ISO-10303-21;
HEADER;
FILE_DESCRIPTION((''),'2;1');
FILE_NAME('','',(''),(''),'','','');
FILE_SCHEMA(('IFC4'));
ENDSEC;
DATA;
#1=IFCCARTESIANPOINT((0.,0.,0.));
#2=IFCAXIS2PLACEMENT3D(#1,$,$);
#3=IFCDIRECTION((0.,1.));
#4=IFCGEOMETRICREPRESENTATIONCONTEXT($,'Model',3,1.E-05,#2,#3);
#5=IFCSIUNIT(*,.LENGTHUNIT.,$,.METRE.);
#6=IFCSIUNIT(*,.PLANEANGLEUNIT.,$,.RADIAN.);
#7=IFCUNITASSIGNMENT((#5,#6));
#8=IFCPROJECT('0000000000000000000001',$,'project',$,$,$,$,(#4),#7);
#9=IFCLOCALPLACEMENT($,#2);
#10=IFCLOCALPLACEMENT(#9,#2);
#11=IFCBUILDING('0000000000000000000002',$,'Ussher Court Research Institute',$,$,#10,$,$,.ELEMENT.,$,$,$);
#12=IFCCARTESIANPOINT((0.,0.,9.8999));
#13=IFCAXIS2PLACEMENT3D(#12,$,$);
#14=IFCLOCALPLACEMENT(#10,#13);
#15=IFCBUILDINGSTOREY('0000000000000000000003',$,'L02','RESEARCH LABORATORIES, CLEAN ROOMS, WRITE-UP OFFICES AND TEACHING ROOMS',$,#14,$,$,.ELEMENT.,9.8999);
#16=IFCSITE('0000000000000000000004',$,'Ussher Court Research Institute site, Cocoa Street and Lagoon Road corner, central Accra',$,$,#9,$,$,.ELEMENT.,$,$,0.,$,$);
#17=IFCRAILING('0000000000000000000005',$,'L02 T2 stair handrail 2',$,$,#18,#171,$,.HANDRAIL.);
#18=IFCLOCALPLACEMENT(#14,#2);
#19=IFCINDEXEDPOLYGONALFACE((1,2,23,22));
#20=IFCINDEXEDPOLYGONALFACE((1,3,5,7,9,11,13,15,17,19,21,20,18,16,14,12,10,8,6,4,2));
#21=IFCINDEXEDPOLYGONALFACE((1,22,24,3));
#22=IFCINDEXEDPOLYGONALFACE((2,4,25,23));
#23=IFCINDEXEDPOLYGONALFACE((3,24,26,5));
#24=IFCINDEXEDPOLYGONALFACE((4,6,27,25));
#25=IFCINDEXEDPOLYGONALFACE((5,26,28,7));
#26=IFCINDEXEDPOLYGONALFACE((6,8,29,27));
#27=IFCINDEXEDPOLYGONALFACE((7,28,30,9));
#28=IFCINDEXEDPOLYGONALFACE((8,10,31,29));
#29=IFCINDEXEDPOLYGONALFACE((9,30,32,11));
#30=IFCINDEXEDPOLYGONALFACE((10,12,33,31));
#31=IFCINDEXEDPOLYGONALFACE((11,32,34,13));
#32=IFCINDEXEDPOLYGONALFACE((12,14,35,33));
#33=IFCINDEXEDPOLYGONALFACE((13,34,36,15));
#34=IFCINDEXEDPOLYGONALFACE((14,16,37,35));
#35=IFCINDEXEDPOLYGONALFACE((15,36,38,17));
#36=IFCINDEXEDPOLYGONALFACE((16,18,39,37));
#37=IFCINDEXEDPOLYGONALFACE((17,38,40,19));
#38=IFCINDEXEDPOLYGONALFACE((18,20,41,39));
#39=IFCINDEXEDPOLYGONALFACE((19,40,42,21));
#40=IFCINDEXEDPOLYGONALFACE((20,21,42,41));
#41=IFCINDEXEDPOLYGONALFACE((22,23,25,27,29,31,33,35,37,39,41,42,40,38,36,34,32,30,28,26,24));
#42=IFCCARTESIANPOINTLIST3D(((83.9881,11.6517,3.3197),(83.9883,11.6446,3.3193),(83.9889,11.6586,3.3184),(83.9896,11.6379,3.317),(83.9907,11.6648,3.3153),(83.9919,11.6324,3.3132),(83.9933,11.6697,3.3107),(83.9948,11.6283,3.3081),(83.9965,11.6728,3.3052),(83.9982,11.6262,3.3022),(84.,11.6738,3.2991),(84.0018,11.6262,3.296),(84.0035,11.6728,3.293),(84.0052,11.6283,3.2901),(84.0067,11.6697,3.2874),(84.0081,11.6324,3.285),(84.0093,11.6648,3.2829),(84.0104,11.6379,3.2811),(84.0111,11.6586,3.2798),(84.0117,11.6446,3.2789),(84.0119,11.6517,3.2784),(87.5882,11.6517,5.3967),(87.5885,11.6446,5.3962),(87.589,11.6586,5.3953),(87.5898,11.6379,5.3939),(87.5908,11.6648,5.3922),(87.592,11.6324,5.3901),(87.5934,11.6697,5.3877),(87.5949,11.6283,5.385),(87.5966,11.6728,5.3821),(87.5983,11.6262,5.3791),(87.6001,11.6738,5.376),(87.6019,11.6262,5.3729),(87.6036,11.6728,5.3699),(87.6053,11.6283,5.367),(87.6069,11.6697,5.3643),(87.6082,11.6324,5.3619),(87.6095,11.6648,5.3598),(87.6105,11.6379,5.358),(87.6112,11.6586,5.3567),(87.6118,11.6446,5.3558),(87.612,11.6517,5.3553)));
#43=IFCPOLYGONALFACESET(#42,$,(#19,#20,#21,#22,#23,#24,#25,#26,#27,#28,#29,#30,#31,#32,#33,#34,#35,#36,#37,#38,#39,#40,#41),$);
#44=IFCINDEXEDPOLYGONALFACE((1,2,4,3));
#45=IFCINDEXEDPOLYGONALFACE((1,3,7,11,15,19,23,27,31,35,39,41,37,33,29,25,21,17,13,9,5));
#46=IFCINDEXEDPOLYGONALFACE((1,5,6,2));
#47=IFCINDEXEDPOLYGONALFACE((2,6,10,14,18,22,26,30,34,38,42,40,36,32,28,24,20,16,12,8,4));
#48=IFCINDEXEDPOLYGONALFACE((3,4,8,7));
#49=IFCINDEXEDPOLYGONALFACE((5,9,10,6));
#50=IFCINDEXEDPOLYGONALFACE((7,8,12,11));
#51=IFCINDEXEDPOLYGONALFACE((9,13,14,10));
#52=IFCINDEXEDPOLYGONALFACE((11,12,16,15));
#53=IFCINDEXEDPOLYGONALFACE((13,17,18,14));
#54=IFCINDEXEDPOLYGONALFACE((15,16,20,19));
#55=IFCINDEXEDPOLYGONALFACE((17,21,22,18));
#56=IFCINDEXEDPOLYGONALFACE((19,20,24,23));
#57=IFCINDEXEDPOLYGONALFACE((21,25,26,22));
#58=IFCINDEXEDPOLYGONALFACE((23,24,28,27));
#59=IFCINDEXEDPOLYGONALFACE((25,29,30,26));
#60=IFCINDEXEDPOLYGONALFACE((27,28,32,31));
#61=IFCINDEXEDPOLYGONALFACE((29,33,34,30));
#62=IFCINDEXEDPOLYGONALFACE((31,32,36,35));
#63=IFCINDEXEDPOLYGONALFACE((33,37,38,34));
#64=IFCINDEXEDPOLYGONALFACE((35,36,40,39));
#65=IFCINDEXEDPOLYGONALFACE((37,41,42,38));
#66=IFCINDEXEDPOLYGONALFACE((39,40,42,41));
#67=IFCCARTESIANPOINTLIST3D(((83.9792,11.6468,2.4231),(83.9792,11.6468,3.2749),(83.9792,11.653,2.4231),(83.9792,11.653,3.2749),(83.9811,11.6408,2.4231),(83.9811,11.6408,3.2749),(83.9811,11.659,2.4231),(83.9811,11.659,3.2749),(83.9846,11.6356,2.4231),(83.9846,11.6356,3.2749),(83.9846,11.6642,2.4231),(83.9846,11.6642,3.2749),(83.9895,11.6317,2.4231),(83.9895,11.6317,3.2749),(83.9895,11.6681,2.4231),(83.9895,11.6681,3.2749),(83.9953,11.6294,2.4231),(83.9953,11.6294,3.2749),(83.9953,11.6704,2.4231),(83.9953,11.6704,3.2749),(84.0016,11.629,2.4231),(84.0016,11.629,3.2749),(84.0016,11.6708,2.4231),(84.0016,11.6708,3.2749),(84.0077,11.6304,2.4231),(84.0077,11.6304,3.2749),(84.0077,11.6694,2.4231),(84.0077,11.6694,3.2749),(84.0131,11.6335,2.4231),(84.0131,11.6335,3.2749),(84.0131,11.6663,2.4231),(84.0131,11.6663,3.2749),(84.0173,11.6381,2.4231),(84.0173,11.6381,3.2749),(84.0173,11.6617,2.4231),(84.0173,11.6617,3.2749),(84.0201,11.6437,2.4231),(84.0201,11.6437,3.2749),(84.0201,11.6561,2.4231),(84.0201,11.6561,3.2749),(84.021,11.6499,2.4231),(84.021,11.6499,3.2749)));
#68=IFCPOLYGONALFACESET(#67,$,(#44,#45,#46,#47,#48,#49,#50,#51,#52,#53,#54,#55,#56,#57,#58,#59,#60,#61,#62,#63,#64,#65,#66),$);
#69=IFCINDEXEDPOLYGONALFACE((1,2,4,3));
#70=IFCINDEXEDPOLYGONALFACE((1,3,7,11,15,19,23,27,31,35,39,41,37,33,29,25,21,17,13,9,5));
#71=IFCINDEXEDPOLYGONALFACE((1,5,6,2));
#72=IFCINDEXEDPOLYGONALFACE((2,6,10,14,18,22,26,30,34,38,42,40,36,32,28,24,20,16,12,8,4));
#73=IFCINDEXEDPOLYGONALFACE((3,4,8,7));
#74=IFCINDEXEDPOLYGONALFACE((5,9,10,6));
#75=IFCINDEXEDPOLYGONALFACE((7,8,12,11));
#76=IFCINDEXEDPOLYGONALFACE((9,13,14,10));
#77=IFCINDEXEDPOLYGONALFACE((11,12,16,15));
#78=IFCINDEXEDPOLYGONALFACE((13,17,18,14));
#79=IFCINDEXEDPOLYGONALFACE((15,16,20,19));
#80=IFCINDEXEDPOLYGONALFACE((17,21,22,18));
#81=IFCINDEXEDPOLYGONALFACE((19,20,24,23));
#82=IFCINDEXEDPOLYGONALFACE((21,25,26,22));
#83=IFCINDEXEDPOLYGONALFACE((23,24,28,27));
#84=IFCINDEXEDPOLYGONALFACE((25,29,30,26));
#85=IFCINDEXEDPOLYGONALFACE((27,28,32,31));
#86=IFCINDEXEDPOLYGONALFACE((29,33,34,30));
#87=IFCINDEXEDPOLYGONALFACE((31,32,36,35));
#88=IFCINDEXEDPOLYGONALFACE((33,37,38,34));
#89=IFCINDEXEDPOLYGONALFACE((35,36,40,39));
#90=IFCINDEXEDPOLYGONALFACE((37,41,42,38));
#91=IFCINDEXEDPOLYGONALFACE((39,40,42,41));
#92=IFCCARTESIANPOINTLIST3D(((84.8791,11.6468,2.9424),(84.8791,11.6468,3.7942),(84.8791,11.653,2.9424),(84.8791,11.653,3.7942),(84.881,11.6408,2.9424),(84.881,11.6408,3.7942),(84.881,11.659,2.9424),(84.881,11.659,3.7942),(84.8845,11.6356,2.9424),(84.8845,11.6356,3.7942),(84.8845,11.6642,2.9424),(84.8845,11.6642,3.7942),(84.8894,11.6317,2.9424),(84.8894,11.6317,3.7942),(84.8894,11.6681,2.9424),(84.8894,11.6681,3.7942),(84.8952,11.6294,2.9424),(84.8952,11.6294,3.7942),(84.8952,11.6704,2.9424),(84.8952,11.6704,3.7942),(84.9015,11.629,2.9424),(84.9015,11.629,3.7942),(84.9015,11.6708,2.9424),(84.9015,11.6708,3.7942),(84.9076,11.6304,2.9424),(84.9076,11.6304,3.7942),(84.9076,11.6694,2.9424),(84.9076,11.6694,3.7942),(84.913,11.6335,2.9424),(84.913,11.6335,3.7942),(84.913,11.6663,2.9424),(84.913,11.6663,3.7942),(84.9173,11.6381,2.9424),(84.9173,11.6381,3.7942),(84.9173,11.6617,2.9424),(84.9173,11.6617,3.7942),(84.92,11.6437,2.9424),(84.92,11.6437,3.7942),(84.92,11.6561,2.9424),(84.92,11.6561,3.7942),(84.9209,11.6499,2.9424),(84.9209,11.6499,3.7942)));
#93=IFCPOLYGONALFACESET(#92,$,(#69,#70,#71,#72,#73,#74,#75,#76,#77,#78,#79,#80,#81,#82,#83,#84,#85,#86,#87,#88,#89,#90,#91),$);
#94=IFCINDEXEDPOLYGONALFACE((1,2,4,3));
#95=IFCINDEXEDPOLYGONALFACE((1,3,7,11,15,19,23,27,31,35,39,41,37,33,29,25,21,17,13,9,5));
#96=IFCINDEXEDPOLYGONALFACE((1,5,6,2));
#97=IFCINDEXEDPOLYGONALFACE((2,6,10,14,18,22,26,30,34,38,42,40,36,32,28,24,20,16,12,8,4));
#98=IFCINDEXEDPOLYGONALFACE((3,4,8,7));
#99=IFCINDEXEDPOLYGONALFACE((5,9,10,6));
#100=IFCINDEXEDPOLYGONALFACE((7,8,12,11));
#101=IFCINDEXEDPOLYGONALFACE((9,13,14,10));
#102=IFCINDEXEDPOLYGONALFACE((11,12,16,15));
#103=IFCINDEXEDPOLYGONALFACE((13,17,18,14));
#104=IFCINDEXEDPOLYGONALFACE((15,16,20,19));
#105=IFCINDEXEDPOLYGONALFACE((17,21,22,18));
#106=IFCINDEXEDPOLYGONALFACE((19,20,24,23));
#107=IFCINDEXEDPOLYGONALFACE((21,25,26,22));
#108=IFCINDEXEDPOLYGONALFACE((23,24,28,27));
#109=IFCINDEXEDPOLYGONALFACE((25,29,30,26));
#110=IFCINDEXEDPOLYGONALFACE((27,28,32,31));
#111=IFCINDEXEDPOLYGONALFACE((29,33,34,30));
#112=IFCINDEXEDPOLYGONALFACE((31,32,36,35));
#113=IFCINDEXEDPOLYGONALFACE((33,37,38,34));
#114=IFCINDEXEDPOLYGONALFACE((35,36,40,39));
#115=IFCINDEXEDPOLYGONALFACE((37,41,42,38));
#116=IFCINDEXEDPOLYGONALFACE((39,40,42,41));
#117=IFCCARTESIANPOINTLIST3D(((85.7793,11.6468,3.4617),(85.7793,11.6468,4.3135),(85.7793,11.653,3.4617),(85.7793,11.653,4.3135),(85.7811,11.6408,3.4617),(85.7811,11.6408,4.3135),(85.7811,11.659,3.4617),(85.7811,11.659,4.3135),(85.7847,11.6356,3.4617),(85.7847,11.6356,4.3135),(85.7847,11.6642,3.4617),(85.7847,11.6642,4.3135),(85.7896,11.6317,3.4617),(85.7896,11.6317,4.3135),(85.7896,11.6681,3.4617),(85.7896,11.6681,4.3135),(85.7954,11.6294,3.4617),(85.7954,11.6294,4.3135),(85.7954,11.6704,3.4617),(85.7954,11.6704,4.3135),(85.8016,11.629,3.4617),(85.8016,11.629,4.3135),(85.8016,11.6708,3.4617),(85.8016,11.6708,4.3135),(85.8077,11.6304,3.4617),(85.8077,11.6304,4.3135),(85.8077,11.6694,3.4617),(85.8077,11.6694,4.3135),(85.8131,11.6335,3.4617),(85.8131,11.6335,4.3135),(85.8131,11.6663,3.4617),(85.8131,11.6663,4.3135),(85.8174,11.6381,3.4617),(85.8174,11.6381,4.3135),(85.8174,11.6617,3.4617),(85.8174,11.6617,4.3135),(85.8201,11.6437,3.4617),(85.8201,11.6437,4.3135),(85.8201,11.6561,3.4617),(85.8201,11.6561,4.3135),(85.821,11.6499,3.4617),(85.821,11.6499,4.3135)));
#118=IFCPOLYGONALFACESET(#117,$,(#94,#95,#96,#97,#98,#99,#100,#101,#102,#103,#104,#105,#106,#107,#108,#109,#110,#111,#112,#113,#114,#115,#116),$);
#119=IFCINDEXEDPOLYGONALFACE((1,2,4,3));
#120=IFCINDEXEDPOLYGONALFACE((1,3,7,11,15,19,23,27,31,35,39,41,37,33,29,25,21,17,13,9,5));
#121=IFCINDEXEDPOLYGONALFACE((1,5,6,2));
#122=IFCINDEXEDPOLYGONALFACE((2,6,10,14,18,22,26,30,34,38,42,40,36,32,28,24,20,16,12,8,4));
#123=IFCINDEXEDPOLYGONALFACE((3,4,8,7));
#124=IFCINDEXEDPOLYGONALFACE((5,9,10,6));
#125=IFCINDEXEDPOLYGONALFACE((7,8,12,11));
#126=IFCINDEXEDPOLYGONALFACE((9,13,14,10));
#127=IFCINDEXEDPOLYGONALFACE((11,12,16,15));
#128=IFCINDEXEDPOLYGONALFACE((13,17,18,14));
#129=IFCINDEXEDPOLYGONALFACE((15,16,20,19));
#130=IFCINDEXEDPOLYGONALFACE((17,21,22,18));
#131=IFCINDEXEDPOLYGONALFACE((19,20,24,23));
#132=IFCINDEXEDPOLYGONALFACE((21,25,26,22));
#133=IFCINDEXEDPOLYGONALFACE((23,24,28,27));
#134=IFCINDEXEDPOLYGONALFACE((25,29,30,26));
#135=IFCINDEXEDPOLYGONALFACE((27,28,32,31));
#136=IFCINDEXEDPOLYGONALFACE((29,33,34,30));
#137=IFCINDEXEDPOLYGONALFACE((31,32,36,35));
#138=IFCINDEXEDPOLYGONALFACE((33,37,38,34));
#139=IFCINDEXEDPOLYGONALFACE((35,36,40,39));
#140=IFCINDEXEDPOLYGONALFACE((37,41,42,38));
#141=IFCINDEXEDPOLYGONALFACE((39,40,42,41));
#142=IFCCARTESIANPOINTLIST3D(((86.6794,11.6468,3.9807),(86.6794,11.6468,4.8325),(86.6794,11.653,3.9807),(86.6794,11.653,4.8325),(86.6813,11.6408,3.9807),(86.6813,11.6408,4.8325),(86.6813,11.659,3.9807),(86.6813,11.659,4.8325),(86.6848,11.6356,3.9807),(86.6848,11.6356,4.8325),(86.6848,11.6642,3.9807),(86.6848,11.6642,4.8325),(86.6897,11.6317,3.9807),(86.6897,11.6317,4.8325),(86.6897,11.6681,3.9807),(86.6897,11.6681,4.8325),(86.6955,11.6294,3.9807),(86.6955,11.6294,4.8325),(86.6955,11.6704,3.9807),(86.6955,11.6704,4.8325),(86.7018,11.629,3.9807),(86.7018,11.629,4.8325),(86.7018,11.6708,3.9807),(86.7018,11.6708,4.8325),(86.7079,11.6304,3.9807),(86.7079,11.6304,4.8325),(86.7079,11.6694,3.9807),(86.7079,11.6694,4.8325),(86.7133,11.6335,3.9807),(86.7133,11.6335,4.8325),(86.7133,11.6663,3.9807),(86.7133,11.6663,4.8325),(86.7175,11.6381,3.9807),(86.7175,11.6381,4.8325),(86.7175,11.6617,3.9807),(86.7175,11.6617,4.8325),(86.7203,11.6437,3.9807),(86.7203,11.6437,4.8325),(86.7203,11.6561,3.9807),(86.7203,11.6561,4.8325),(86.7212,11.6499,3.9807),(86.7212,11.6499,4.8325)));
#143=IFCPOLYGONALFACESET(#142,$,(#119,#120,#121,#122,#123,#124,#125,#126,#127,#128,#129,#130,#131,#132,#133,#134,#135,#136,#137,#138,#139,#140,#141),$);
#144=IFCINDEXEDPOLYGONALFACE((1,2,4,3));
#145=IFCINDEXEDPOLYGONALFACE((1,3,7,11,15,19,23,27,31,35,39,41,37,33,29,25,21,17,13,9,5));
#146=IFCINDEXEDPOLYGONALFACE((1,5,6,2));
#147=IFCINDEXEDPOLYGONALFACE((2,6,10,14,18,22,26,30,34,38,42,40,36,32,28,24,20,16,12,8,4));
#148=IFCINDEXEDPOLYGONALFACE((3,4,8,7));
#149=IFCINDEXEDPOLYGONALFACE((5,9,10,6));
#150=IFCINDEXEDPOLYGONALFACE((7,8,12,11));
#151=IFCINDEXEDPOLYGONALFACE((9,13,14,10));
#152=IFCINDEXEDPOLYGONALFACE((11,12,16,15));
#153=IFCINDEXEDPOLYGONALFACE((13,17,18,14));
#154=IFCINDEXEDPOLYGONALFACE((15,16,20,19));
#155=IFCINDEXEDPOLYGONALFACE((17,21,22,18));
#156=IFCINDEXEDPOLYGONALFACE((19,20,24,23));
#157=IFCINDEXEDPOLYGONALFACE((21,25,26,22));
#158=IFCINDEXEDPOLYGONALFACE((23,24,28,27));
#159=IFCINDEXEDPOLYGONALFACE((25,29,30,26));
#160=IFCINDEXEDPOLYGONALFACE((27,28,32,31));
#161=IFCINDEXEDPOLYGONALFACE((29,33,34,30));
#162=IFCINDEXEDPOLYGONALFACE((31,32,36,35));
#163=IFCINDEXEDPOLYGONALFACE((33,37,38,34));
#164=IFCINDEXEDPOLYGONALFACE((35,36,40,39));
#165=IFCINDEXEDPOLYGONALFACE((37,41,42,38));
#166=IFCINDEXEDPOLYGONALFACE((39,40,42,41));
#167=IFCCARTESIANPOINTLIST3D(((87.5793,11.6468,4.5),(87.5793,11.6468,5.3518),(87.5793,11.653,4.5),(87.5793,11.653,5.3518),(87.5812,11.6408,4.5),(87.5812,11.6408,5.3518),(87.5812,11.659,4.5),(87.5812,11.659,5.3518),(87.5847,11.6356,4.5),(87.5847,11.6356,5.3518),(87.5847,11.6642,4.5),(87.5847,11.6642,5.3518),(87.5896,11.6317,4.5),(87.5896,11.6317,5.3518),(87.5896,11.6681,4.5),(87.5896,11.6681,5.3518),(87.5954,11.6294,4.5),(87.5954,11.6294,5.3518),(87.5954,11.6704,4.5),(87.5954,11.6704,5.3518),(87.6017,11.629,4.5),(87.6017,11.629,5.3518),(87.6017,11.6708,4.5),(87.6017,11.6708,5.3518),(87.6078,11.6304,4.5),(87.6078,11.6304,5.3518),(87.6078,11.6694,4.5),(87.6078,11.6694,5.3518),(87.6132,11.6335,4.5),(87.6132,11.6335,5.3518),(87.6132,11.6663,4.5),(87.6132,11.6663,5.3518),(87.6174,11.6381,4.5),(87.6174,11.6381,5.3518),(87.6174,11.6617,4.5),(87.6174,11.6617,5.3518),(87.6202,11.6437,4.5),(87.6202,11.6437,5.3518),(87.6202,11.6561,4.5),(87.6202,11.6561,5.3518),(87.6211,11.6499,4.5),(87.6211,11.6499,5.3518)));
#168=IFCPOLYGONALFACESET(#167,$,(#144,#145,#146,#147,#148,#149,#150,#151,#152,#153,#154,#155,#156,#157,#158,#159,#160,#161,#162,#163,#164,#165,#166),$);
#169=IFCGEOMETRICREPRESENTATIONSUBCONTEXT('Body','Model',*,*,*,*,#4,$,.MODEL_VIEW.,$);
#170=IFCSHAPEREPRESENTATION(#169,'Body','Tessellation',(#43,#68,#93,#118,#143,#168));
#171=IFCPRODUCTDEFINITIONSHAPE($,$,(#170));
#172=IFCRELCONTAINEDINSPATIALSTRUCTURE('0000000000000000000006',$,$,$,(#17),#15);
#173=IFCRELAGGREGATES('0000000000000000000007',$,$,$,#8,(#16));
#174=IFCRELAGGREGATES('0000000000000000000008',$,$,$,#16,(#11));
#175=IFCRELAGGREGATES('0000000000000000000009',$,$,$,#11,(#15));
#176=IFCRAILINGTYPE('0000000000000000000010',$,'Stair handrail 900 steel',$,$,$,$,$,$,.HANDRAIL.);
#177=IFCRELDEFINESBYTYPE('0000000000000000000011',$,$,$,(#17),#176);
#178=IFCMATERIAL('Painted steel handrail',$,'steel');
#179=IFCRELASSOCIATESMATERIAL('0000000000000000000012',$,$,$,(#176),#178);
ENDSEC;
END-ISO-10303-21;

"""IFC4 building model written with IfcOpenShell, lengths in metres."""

from ifc_helpers import new_model, si_unit, direction, frame, origin, origin_2d, place, context, subcontext, project, spatial, circle, extrude, material, type_object, element, save


model = new_model("IFC4")

# Units and contexts
model_context = context("Model", 3, precision=1e-05, world=origin(), true_north=direction((0.0, 1.0)))
body_context = subcontext(model_context, "Body", "Model", "MODEL_VIEW")
ifc_project = project(units=[si_unit("LENGTHUNIT", "METRE"), si_unit("PLANEANGLEUNIT", "RADIAN")], contexts=[model_context])

# Site, building, storey
site_placement = place(None, origin())
site = spatial("IfcSite", under=ifc_project, at=site_placement, Name="Ussher Court Research Institute site, Cocoa Street and Lagoon Road corner, central Accra", CompositionType="ELEMENT", RefElevation=0.0)
building_placement = place(site_placement, origin())
building = spatial("IfcBuilding", under=site, at=building_placement, Name="Ussher Court Research Institute", CompositionType="ELEMENT")
storey_placement = place(building_placement, frame((0.0, 0.0, 9.8999)))
storey = spatial("IfcBuildingStorey", under=building, at=storey_placement, Name="L02", Description="RESEARCH LABORATORIES, CLEAN ROOMS, WRITE-UP OFFICES AND TEACHING ROOMS", CompositionType="ELEMENT", Elevation=9.8999)

# Railing
ifc_material_1 = material(Name="Painted steel handrail", Category="steel")
railing_type_1 = type_object("IfcRailingType", Name="Stair handrail 900 steel", PredefinedType="HANDRAIL", material=ifc_material_1)
railing_1_placement = place(storey_placement, frame((84.0, 11.6499, 2.4231)))
element("IfcRailing", 1, at=railing_1_placement, inside=storey, type_object=railing_type_1, Name="L02 T2 stair handrail 2", PredefinedType="HANDRAIL", context=body_context, shape_type="SweptSolid", body=[
    extrude(circle(Radius=0.0239, at=origin_2d()), frame((0.0, 0.0, 0.876), z_axis=(0.866193, 0.0, 0.499709), x_axis=(0.0, 1.0, 0.0)), (0.0, 0.0, 1.0), 4.1562),
    extrude(circle(Radius=0.021, at=origin_2d()), origin(), (0.0, 0.0, 1.0), 0.8518),
    extrude(circle(Radius=0.021, at=origin_2d()), frame((0.8999, 0.0, 0.5193)), (0.0, 0.0, 1.0), 0.8518),
    extrude(circle(Radius=0.021, at=origin_2d()), frame((1.8, 0.0, 1.0386)), (0.0, 0.0, 1.0), 0.8518),
    extrude(circle(Radius=0.021, at=origin_2d()), frame((2.7002, 0.0, 1.5576)), (0.0, 0.0, 1.0), 0.8518),
    extrude(circle(Radius=0.021, at=origin_2d()), frame((3.6001, 0.0, 2.0769)), (0.0, 0.0, 1.0), 0.8518),
])

save(model, "model.ifc")
